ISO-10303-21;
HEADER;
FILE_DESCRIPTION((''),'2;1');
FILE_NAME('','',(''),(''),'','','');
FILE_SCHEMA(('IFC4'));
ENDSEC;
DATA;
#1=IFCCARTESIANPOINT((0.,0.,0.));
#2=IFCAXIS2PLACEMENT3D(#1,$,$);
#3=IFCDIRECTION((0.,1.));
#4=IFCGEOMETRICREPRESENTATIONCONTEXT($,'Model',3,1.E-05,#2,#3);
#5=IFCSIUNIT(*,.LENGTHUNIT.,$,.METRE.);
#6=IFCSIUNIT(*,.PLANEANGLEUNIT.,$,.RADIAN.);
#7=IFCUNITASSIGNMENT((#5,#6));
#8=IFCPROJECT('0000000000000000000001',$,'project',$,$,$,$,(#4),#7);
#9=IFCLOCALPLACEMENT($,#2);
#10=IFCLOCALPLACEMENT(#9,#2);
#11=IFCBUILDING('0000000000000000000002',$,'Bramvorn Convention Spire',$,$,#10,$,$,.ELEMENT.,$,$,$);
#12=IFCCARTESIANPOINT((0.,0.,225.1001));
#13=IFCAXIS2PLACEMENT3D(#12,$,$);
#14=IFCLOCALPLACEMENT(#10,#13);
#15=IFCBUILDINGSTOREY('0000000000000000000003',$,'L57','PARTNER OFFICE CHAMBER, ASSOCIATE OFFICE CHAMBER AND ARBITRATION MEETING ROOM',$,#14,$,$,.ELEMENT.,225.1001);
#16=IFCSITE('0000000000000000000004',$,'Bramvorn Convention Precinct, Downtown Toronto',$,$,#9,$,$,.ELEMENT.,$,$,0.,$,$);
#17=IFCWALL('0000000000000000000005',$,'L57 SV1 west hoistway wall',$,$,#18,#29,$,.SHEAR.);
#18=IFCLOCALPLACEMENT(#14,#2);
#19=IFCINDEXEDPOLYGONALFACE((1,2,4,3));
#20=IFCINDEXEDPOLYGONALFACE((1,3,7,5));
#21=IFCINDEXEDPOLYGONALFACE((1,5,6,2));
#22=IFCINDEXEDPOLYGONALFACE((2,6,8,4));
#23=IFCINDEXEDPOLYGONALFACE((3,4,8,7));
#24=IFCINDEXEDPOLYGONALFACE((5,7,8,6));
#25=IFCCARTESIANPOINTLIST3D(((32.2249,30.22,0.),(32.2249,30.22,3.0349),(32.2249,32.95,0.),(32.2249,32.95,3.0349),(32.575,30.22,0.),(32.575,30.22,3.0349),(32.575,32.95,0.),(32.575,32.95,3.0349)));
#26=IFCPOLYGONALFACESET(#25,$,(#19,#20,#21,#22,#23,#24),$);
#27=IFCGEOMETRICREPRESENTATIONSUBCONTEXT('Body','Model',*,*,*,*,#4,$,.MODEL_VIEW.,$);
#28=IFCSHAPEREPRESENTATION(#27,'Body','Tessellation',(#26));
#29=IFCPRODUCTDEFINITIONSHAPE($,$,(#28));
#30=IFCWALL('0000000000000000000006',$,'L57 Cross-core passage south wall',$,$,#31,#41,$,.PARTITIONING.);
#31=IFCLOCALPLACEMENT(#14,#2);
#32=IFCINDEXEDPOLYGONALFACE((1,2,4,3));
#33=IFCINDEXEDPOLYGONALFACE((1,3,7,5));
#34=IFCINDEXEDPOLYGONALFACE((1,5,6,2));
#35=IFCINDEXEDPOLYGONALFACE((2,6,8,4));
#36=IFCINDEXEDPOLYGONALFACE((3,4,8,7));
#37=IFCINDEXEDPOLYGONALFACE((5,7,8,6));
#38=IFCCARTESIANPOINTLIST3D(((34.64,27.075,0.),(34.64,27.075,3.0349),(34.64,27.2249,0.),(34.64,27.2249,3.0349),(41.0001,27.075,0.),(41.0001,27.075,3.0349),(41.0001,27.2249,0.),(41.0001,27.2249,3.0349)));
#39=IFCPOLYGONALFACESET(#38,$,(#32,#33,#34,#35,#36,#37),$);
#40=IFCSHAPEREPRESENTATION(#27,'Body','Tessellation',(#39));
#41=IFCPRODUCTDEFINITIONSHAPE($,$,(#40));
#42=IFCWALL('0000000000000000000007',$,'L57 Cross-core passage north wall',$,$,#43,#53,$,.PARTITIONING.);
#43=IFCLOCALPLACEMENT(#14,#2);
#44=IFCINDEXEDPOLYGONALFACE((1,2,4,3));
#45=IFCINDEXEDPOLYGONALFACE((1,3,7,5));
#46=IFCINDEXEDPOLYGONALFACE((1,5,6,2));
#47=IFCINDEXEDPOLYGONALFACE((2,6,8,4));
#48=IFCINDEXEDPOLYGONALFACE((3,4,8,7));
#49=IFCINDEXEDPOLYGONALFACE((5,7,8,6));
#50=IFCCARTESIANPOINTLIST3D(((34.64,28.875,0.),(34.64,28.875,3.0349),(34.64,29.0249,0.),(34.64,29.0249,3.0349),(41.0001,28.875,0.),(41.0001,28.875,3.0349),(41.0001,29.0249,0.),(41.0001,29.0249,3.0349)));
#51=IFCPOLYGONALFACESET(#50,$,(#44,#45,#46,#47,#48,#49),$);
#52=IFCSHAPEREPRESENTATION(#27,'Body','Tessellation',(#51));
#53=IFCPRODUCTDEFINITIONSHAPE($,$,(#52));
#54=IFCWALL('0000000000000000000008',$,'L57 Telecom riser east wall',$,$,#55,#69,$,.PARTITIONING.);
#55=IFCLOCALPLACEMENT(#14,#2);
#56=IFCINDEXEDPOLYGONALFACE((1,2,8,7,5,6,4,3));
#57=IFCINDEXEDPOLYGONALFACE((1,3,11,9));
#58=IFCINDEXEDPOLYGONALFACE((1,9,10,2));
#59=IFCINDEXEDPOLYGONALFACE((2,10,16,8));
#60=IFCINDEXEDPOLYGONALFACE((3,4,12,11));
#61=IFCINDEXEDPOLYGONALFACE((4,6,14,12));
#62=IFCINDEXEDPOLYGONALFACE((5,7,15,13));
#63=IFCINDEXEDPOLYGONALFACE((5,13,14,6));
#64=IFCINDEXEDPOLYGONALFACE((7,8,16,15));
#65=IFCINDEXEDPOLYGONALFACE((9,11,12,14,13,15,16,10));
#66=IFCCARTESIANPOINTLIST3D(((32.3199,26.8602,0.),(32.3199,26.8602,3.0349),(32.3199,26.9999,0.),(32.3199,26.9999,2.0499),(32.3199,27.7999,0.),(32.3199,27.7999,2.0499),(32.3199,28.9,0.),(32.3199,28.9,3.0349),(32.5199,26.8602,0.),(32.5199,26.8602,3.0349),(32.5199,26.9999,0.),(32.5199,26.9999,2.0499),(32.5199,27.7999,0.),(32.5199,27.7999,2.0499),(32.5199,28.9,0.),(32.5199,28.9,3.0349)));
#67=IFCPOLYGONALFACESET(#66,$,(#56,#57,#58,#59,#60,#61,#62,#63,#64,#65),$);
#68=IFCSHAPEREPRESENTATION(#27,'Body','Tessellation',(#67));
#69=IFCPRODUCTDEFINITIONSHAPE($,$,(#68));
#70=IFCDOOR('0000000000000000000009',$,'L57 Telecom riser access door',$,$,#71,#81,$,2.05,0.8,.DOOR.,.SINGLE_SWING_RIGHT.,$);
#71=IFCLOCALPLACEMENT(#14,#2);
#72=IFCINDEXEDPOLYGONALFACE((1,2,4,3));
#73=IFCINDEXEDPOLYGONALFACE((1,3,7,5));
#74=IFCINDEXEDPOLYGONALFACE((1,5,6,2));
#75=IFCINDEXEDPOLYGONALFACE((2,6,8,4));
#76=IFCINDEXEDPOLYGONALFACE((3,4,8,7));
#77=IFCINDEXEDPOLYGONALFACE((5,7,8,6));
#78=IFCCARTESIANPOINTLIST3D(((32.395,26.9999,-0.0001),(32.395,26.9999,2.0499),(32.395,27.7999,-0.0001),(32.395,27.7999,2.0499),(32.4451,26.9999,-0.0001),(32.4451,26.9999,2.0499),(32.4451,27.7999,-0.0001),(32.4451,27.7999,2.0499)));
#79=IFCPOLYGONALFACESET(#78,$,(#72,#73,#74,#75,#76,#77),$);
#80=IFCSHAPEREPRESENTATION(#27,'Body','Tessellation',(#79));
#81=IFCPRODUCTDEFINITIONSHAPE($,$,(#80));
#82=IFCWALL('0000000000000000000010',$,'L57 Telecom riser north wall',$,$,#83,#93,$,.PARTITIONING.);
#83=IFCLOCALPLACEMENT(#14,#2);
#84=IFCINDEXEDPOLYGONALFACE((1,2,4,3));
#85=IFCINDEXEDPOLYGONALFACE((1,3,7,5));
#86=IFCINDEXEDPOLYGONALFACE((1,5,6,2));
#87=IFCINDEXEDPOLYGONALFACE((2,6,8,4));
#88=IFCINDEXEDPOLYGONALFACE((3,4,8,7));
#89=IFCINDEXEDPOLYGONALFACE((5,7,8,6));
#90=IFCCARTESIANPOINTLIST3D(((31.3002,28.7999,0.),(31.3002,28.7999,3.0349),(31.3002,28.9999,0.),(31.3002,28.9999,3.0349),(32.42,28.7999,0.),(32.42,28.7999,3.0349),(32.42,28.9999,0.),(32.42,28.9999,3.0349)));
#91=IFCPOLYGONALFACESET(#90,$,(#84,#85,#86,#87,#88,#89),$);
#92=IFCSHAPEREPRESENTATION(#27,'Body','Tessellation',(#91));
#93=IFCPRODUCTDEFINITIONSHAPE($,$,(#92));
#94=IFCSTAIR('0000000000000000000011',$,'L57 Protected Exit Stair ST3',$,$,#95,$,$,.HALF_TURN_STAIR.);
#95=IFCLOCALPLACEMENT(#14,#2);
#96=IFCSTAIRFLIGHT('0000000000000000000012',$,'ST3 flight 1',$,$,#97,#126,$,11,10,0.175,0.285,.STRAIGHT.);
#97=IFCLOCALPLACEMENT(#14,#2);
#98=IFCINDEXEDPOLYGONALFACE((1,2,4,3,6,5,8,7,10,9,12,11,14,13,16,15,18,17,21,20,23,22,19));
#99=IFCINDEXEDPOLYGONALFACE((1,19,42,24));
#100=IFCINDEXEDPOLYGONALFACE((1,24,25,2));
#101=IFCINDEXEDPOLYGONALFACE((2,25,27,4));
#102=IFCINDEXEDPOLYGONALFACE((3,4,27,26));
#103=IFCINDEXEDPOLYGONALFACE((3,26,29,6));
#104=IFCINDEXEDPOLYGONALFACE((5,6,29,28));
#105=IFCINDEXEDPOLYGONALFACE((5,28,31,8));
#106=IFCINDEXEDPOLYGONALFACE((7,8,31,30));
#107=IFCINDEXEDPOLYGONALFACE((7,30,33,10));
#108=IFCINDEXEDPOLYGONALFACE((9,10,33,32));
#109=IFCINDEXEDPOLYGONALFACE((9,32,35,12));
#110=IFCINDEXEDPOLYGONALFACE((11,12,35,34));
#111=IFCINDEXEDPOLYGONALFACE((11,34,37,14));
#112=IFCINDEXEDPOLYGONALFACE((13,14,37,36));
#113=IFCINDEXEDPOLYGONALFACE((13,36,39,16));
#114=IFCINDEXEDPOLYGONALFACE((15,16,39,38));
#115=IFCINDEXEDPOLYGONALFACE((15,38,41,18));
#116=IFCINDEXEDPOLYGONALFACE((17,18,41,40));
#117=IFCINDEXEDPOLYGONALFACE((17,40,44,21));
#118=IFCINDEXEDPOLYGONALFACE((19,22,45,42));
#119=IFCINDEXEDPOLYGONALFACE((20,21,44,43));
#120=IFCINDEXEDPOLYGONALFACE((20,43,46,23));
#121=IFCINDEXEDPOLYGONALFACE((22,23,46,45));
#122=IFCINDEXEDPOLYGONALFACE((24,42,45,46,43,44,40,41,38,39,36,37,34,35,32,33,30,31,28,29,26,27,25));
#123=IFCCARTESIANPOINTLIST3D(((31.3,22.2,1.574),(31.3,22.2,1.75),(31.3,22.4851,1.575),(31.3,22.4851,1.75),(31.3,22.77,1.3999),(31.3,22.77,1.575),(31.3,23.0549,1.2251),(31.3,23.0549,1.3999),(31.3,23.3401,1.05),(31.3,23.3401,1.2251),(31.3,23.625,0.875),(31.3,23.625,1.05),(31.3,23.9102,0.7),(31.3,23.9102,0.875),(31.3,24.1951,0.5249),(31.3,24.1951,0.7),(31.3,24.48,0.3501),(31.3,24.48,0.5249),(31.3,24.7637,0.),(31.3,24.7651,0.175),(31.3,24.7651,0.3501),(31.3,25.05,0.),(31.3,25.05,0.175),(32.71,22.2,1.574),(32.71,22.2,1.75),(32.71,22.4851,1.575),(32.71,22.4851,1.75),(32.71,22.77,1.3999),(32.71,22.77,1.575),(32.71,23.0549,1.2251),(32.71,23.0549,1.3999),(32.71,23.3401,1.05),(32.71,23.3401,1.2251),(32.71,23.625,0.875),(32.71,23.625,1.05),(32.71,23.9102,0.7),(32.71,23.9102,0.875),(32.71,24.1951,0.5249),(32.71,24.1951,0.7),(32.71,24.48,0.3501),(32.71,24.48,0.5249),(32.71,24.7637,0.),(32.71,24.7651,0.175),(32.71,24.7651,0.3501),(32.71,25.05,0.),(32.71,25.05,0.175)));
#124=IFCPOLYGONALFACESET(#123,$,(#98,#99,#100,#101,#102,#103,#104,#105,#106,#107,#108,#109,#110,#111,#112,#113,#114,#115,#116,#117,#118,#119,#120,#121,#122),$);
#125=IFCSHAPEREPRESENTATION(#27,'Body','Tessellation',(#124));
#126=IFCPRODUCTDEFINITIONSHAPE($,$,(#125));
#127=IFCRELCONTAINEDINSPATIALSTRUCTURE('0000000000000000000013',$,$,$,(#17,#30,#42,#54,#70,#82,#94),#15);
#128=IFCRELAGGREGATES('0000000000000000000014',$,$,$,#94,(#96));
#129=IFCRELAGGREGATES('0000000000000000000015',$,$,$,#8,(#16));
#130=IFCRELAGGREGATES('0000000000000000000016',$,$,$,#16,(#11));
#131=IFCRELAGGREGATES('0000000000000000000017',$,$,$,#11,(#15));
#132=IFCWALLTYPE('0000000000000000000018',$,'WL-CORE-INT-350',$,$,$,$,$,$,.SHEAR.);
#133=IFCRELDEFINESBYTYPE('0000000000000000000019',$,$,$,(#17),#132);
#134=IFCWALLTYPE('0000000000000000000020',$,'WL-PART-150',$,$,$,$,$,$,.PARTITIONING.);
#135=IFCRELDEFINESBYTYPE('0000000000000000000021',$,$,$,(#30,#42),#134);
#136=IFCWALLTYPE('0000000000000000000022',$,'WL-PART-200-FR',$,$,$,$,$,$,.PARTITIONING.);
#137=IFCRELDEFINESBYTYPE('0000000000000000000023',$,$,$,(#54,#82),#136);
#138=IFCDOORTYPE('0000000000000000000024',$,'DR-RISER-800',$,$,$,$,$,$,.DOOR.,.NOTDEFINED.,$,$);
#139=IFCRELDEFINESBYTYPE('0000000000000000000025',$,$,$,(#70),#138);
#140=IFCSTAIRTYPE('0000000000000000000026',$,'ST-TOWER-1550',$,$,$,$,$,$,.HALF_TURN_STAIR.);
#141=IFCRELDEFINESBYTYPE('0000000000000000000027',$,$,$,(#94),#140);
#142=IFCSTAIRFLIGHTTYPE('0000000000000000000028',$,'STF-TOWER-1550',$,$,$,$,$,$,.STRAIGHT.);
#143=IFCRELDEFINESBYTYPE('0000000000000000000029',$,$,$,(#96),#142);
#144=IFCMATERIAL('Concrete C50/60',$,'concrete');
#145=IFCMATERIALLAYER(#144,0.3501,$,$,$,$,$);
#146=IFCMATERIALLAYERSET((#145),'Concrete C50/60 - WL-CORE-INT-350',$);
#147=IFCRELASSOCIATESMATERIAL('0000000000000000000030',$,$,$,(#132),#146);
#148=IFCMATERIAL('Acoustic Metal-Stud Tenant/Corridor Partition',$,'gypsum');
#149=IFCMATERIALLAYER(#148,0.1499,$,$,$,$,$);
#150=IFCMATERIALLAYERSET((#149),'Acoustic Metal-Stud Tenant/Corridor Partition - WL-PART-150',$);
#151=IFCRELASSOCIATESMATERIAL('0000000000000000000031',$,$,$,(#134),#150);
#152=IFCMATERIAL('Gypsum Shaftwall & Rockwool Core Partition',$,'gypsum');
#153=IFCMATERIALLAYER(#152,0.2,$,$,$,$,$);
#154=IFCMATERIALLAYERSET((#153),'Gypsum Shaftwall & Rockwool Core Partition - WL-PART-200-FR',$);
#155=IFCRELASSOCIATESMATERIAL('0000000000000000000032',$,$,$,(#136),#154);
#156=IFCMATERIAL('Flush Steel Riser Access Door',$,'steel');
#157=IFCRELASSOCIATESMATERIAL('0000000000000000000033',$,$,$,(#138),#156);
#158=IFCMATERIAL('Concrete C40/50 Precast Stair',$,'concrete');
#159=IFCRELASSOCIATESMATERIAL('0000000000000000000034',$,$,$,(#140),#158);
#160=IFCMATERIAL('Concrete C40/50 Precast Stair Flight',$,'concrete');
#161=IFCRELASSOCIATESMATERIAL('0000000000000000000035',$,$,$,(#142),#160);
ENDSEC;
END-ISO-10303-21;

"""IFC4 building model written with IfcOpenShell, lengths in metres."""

from ifc_helpers import new_model, si_unit, direction, frame, frame_2d, origin, place, context, subcontext, project, spatial, polyline, rectangle, outline, extrude, material, layer, layer_set, type_object, element, fill, aggregate, save


model = new_model("IFC4")

# Units and contexts
model_context = context("Model", 3, precision=1e-05, world=origin(), true_north=direction((0.0, 1.0)))
body_context = subcontext(model_context, "Body", "Model", "MODEL_VIEW")
ifc_project = project(units=[si_unit("LENGTHUNIT", "METRE"), si_unit("PLANEANGLEUNIT", "RADIAN")], contexts=[model_context])

# Site, building, storey
site_placement = place(None, origin())
site = spatial("IfcSite", under=ifc_project, at=site_placement, Name="Bramvorn Convention Precinct, Downtown Toronto", CompositionType="ELEMENT", RefElevation=0.0)
building_placement = place(site_placement, origin())
building = spatial("IfcBuilding", under=site, at=building_placement, Name="Bramvorn Convention Spire", CompositionType="ELEMENT")
storey_placement = place(building_placement, frame((0.0, 0.0, 225.1001)))
storey = spatial("IfcBuildingStorey", under=building, at=storey_placement, Name="L57", Description="PARTNER OFFICE CHAMBER, ASSOCIATE OFFICE CHAMBER AND ARBITRATION MEETING ROOM", CompositionType="ELEMENT", Elevation=225.1001)

# Shared definitions
ifc_material_1 = material(Name="Concrete C50/60", Category="concrete")
ifc_layer_1 = layer(ifc_material_1, 0.3501)
ifc_layer_set_1 = layer_set([ifc_layer_1], Name="Concrete C50/60 - WL-CORE-INT-350")
wall_type_1 = type_object("IfcWallType", Name="WL-CORE-INT-350", PredefinedType="SHEAR", material=ifc_layer_set_1)

# Walls
wall_1_placement = place(storey_placement, frame((32.3999, 30.22, 0.0), z_axis=(0.0, 0.0, 1.0), x_axis=(0.0, 1.0, 0.0)))
element("IfcWall", 1, at=wall_1_placement, inside=storey, type_object=wall_type_1, Name="L57 SV1 west hoistway wall", PredefinedType="SHEAR", context=body_context, shape_type="SweptSolid", body=[
    extrude(rectangle(XDim=2.73, YDim=0.3501, at=frame_2d((1.365, 0.0))), origin(), (0.0, 0.0, 1.0), 3.0349),
])
ifc_material_2 = material(Name="Acoustic Metal-Stud Tenant/Corridor Partition", Category="gypsum")
ifc_layer_2 = layer(ifc_material_2, 0.1499)
ifc_layer_set_2 = layer_set([ifc_layer_2], Name="Acoustic Metal-Stud Tenant/Corridor Partition - WL-PART-150")
wall_type_2 = type_object("IfcWallType", Name="WL-PART-150", PredefinedType="PARTITIONING", material=ifc_layer_set_2)
for number, where, z_axis, x_axis, name in (
    (2, (34.6399, 27.1499, 0.0), (0.0, 0.0, 1.0), (1.0, 0.0, 0.0), "L57 Cross-core passage south wall"),
    (3, (34.6399, 28.95, 0.0), (0.0, 0.0, 1.0), (1.0, 0.0, 0.0), "L57 Cross-core passage north wall"),
):
    element("IfcWall", number, at=place(storey_placement, frame(where, z_axis=z_axis, x_axis=x_axis)), inside=storey, type_object=wall_type_2, Name=name, PredefinedType="PARTITIONING", context=body_context, shape_type="SweptSolid", body=[
        extrude(rectangle(XDim=6.3601, YDim=0.1499, at=frame_2d((3.1802, 0.0))), origin(), (0.0, 0.0, 1.0), 3.0349),
    ])

# Wall, opening, door
ifc_material_3 = material(Name="Gypsum Shaftwall & Rockwool Core Partition", Category="gypsum")
ifc_layer_3 = layer(ifc_material_3, 0.2)
ifc_layer_set_3 = layer_set([ifc_layer_3], Name="Gypsum Shaftwall & Rockwool Core Partition - WL-PART-200-FR")
wall_type_3 = type_object("IfcWallType", Name="WL-PART-200-FR", PredefinedType="PARTITIONING", material=ifc_layer_set_3)
wall_2_placement = place(storey_placement, frame((32.4199, 26.8601, 0.0), z_axis=(0.0, 0.0, 1.0), x_axis=(0.0, 1.0, 0.0)))
wall_2 = element("IfcWall", 4, at=wall_2_placement, inside=storey, type_object=wall_type_3, Name="L57 Telecom riser east wall", PredefinedType="PARTITIONING", context=body_context, shape_type="SweptSolid", body=[
    extrude(rectangle(XDim=2.0398, YDim=0.2, at=frame_2d((1.02, 0.0))), origin(), (0.0, 0.0, 1.0), 3.0349),
])
opening_1_placement = place(wall_2_placement, frame((0.1399, 0.0, 0.0)))
opening_1 = element("IfcOpeningElement", 5, at=opening_1_placement, cuts=wall_2, PredefinedType="OPENING", context=body_context, shape_type="SweptSolid", body=[
    extrude(rectangle(XDim=0.8, YDim=2.05, at=frame_2d((0.3999, 1.0249))), frame((0.0, 0.1099, 0.0), z_axis=(0.0, -1.0, 0.0), x_axis=(1.0, 0.0, 0.0)), (0.0, 0.0, 1.0), 0.22),
])
ifc_material_4 = material(Name="Flush Steel Riser Access Door", Category="steel")
door_type_1 = type_object("IfcDoorType", Name="DR-RISER-800", OperationType="NOTDEFINED", PredefinedType="DOOR", material=ifc_material_4)
door_1_placement = place(opening_1_placement, origin())
door_1 = element("IfcDoor", 6, at=door_1_placement, inside=storey, type_object=door_type_1, Name="L57 Telecom riser access door", OperationType="SINGLE_SWING_RIGHT", OverallHeight=2.05, OverallWidth=0.8, PredefinedType="DOOR", context=body_context, shape_type="SweptSolid", body=[
    extrude(rectangle(XDim=0.8, YDim=2.05, at=frame_2d((0.3999, 1.0249))), frame((0.0, 0.0249, 0.0), z_axis=(0.0, -1.0, 0.0), x_axis=(1.0, 0.0, 0.0)), (0.0, 0.0, 1.0), 0.05),
])
fill(opening_1, door_1)

# Wall
wall_3_placement = place(storey_placement, frame((31.3, 28.8999, 0.0), z_axis=(0.0, 0.0, 1.0), x_axis=(1.0, 0.0, 0.0)))
element("IfcWall", 7, at=wall_3_placement, inside=storey, type_object=wall_type_3, Name="L57 Telecom riser north wall", PredefinedType="PARTITIONING", context=body_context, shape_type="SweptSolid", body=[
    extrude(rectangle(XDim=1.1199, YDim=0.2, at=frame_2d((0.5601, 0.0))), origin(), (0.0, 0.0, 1.0), 3.0349),
])

# Stair, stair flight
ifc_material_5 = material(Name="Concrete C40/50 Precast Stair", Category="concrete")
stair_type = type_object("IfcStairType", Name="ST-TOWER-1550", PredefinedType="HALF_TURN_STAIR", material=ifc_material_5)
stair_placement = place(storey_placement, origin())
stair = element("IfcStair", 8, at=stair_placement, inside=storey, type_object=stair_type, Name="L57 Protected Exit Stair ST3", PredefinedType="HALF_TURN_STAIR")
ifc_material_6 = material(Name="Concrete C40/50 Precast Stair Flight", Category="concrete")
stair_flight_type = type_object("IfcStairFlightType", Name="STF-TOWER-1550", PredefinedType="STRAIGHT", material=ifc_material_6)
stair_flight_placement = place(storey_placement, frame((32.0049, 25.05, 0.0), z_axis=(0.0, 0.0, 1.0), x_axis=(0.0, -1.0, 0.0)))
stair_flight = element("IfcStairFlight", 9, at=stair_flight_placement, type_object=stair_flight_type, Name="ST3 flight 1", NumberOfRisers=11, NumberOfTreads=10, PredefinedType="STRAIGHT", RiserHeight=0.175, TreadLength=0.285, context=body_context, shape_type="SweptSolid", body=[
    extrude(outline(polyline([(0.0, 0.0), (0.0, 0.175), (0.2849, 0.175), (0.2849, 0.3501), (0.5701, 0.3501), (0.5701, 0.5249), (0.855, 0.5249), (0.855, 0.7), (1.1399, 0.7), (1.1399, 0.875), (1.425, 0.875), (1.425, 1.05), (1.71, 1.05), (1.71, 1.2251), (1.9951, 1.2251), (1.9951, 1.3999), (2.28, 1.3999), (2.28, 1.575), (2.5649, 1.575), (2.5649, 1.75), (2.8501, 1.75), (2.8501, 1.925), (2.8501, 1.574), (0.2864, 0.0), (0.0, 0.0)])), frame((0.0, 0.7051, 0.0), z_axis=(0.0, -1.0, 0.0), x_axis=(1.0, 0.0, 0.0)), (0.0, 0.0, 1.0), 1.4099),
])
aggregate(stair, [stair_flight])

save(model, "model.ifc")
